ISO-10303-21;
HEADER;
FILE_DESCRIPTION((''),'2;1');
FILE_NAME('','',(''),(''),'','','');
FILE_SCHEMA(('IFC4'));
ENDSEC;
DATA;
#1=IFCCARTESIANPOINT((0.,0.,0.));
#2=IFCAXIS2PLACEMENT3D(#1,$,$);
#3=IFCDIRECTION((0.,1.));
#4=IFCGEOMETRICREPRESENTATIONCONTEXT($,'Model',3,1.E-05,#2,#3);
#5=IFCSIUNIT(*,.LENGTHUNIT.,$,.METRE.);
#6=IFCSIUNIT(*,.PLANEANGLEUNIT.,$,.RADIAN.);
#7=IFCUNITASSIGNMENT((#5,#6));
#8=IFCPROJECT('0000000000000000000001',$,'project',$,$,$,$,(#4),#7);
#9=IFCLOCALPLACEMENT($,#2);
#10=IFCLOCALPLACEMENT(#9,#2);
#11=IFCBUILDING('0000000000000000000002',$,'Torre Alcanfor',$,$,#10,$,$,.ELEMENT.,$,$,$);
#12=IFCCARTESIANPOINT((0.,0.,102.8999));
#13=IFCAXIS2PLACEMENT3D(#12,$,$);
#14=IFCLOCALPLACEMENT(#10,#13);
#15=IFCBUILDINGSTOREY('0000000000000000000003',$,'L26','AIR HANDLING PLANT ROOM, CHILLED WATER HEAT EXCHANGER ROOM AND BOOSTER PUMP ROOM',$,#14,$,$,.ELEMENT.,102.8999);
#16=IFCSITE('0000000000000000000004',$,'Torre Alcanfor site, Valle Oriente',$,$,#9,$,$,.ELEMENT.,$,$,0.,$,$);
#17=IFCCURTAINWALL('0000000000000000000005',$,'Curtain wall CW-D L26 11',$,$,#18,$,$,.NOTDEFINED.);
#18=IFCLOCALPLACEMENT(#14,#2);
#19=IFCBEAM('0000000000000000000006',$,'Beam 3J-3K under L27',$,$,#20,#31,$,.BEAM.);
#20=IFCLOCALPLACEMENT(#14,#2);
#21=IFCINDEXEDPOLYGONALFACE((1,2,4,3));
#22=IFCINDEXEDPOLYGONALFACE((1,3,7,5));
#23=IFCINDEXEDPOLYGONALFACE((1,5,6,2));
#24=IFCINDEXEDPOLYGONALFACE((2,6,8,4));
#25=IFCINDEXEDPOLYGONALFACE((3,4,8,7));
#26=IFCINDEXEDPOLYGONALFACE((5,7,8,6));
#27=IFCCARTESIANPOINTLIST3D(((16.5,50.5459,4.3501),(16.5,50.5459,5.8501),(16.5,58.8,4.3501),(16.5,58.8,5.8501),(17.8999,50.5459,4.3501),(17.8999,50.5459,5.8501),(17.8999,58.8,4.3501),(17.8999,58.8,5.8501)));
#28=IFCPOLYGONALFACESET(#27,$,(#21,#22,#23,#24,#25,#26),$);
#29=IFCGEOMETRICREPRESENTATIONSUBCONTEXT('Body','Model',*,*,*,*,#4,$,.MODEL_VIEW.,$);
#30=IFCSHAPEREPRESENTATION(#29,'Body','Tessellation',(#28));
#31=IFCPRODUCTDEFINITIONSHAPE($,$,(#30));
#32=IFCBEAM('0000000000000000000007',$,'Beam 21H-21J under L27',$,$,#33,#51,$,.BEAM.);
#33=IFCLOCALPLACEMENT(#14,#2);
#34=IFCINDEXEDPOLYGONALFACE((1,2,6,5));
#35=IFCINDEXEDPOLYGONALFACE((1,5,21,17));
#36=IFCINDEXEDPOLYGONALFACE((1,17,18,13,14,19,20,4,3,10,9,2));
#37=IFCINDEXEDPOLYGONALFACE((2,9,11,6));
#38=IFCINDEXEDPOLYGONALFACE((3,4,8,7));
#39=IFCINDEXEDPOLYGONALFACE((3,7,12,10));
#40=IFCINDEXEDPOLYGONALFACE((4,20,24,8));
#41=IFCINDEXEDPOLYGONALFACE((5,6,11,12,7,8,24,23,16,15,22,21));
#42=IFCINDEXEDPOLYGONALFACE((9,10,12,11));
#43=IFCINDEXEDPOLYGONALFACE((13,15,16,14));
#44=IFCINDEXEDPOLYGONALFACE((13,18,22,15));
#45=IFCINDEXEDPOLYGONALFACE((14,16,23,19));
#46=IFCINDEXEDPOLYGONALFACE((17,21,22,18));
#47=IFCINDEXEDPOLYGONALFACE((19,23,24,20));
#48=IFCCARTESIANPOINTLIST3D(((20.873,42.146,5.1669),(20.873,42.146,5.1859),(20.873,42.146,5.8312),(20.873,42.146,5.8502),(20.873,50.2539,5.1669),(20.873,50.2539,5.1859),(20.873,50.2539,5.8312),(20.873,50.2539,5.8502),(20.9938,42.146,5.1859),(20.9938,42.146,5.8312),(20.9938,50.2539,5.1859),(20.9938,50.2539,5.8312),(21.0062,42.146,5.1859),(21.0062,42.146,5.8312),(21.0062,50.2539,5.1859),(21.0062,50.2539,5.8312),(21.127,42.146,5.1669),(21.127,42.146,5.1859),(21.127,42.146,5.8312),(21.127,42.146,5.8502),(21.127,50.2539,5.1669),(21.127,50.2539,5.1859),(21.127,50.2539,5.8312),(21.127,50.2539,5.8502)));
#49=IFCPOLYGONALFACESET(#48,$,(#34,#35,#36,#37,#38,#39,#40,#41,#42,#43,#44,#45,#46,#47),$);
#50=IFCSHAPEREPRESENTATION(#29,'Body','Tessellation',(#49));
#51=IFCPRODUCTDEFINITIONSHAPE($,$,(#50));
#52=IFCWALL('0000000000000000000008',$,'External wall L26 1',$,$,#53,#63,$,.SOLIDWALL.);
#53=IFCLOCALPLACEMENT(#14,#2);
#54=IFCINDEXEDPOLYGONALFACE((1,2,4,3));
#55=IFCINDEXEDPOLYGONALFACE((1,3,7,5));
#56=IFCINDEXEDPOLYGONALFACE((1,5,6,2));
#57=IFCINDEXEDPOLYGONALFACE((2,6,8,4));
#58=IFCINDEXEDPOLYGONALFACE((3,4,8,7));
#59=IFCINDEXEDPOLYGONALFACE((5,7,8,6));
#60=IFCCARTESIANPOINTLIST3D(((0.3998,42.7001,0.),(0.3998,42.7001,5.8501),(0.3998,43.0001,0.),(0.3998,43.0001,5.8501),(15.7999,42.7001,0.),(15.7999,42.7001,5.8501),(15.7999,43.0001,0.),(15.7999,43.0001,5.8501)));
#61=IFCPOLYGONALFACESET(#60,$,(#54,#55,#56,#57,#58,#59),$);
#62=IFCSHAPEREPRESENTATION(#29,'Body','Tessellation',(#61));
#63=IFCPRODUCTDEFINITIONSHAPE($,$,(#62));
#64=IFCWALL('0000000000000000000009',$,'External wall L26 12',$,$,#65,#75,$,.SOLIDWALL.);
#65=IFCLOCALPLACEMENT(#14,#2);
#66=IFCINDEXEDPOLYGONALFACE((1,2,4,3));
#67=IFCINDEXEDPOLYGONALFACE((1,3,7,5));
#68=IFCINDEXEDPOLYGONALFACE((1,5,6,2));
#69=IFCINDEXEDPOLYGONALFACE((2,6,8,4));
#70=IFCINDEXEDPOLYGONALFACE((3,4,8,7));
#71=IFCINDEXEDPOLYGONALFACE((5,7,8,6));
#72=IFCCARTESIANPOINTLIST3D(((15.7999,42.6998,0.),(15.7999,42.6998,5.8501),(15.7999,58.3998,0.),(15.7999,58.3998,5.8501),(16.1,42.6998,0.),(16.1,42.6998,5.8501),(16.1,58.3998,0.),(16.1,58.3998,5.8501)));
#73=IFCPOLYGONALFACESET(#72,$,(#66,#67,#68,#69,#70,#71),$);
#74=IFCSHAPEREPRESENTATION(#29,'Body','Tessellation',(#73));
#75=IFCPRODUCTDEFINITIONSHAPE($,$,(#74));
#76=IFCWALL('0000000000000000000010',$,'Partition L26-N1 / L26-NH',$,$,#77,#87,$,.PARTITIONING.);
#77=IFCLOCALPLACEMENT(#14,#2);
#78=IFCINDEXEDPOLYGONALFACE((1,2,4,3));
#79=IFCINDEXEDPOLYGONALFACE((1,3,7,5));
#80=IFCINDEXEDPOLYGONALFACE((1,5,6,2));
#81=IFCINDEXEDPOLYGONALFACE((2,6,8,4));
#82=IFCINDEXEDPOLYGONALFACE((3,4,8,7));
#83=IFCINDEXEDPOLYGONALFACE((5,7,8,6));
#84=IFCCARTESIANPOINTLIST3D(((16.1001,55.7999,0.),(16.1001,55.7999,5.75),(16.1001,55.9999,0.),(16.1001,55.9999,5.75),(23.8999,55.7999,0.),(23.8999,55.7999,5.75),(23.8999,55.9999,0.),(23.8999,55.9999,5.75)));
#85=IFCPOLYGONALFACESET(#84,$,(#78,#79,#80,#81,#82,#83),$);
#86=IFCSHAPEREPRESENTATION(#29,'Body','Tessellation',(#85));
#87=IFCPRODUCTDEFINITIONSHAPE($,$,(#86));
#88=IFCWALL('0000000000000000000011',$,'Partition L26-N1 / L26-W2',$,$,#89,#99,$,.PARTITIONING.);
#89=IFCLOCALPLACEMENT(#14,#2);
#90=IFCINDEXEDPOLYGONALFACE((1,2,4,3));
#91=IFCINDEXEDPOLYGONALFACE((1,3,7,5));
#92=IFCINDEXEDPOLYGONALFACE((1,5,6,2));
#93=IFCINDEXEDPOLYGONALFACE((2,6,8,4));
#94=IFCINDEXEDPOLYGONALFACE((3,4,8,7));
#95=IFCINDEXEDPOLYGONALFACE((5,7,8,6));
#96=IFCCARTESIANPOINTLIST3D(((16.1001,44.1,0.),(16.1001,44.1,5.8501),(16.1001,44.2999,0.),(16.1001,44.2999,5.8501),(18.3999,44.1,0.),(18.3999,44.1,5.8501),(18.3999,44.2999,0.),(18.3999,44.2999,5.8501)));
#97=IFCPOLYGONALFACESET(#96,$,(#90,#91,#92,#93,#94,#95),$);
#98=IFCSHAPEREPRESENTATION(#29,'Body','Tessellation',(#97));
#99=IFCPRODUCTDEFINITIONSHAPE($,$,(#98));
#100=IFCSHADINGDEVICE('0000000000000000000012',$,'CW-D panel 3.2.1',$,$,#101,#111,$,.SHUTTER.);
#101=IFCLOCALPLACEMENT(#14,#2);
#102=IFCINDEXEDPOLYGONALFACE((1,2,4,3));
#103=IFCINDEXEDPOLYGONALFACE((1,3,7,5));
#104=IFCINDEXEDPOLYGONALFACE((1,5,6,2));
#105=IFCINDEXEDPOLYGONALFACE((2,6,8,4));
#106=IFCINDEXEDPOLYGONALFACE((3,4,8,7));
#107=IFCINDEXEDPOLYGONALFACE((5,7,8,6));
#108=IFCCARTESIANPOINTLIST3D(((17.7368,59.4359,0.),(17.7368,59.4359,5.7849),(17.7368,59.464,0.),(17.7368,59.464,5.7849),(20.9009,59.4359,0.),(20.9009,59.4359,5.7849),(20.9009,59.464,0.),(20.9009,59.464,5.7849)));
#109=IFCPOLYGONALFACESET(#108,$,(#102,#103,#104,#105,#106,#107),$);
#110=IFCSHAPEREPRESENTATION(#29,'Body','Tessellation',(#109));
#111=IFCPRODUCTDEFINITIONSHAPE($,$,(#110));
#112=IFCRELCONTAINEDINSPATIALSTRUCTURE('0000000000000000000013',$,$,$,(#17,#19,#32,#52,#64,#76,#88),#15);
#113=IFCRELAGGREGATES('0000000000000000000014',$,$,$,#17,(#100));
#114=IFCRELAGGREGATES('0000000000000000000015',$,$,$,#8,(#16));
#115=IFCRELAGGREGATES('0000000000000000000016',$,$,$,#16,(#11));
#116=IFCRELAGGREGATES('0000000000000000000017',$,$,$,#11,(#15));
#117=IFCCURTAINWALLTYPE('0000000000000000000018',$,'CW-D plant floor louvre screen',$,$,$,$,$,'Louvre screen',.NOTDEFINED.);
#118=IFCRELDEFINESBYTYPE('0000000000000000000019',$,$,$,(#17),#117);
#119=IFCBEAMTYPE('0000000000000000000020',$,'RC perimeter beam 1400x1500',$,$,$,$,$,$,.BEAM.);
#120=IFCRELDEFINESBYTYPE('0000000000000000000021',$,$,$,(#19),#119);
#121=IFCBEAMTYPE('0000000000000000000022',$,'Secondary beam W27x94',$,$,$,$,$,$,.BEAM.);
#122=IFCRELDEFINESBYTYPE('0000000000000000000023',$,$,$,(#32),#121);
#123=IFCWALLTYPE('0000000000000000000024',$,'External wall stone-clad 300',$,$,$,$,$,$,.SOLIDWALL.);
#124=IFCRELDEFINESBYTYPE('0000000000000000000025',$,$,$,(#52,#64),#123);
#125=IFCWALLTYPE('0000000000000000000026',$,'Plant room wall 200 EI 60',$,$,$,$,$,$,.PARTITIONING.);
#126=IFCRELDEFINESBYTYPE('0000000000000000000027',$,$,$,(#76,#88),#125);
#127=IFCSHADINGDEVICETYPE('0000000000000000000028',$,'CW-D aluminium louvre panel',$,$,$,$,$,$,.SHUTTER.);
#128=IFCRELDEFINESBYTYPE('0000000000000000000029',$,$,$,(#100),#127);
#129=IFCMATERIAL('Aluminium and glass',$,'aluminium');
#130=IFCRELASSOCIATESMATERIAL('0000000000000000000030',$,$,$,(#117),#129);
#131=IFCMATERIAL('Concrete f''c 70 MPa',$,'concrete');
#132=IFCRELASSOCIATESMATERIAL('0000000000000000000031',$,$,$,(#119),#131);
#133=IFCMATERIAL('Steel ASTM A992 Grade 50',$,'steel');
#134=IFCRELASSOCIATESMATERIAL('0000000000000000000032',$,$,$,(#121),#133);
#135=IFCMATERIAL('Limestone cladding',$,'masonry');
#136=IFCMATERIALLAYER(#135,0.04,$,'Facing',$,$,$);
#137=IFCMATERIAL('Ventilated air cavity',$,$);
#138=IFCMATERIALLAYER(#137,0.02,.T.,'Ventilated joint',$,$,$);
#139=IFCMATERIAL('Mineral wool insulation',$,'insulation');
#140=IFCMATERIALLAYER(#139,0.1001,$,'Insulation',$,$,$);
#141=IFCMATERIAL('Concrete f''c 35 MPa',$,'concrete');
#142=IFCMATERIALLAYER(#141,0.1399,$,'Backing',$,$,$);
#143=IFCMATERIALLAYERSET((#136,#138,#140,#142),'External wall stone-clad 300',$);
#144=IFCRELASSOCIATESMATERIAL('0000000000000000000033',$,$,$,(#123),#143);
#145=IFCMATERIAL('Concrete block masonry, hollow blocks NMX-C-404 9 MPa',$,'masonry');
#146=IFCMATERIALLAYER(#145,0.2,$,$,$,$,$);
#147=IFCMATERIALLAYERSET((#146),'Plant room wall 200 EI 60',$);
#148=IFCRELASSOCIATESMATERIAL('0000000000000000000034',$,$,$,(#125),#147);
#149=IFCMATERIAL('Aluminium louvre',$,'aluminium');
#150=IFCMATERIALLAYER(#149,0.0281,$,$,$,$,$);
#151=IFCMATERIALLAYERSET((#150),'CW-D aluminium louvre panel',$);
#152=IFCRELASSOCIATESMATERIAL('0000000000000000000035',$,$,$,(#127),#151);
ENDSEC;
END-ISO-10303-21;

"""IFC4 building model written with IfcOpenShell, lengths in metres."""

from ifc_helpers import new_model, si_unit, direction, frame, frame_2d, origin, origin_2d, place, context, subcontext, project, spatial, rectangle, i_section, extrude, material, layer, layer_set, material_profile, profile_set, type_object, element, aggregate, save


model = new_model("IFC4")

# Units and contexts
model_context = context("Model", 3, precision=1e-05, world=origin(), true_north=direction((0.0, 1.0)))
body_context = subcontext(model_context, "Body", "Model", "MODEL_VIEW")
ifc_project = project(units=[si_unit("LENGTHUNIT", "METRE"), si_unit("PLANEANGLEUNIT", "RADIAN")], contexts=[model_context])

# Site, building, storey
site_placement = place(None, origin())
site = spatial("IfcSite", under=ifc_project, at=site_placement, Name="Torre Alcanfor site, Valle Oriente", CompositionType="ELEMENT", RefElevation=0.0)
building_placement = place(site_placement, origin())
building = spatial("IfcBuilding", under=site, at=building_placement, Name="Torre Alcanfor", CompositionType="ELEMENT")
storey_placement = place(building_placement, frame((0.0, 0.0, 102.8999)))
storey = spatial("IfcBuildingStorey", under=building, at=storey_placement, Name="L26", Description="AIR HANDLING PLANT ROOM, CHILLED WATER HEAT EXCHANGER ROOM AND BOOSTER PUMP ROOM", CompositionType="ELEMENT", Elevation=102.8999)

# Shared definitions
ifc_material_1 = material(Name="Aluminium and glass", Category="aluminium")
curtain_wall_type = type_object("IfcCurtainWallType", Name="CW-D plant floor louvre screen", ElementType="Louvre screen", PredefinedType="NOTDEFINED", material=ifc_material_1)

# Curtain wall
curtain_wall_1_placement = place(storey_placement, origin())
curtain_wall_1 = element("IfcCurtainWall", 1, at=curtain_wall_1_placement, inside=storey, type_object=curtain_wall_type, Name="Curtain wall CW-D L26 11", PredefinedType="NOTDEFINED")

# Beams
ifc_material_2 = material(Name="Concrete f'c 70 MPa", Category="concrete")
ifc_material_profile_1 = material_profile(ifc_material_2, rectangle(XDim=1.3999, YDim=1.5, at=origin_2d()), Name="1400x1500")
ifc_profile_set_1 = profile_set([ifc_material_profile_1], Name="Concrete f'c 70 MPa")
beam_type_1 = type_object("IfcBeamType", Name="RC perimeter beam 1400x1500", PredefinedType="BEAM", material=ifc_profile_set_1)
beam_1_placement = place(storey_placement, frame((17.2, 50.5459, 5.1001), z_axis=(0.0, 1.0, 0.0), x_axis=(-1.0, 0.0, 0.0)))
element("IfcBeam", 2, at=beam_1_placement, inside=storey, type_object=beam_type_1, Name="Beam 3J-3K under L27", PredefinedType="BEAM", context=body_context, shape_type="SweptSolid", body=[
    extrude(rectangle(XDim=1.3999, YDim=1.5, at=origin_2d()), origin(), (0.0, 0.0, 1.0), 8.2542),
])
ifc_material_3 = material(Name="Steel ASTM A992 Grade 50", Category="steel")
ifc_material_profile_2 = material_profile(ifc_material_3, i_section(OverallWidth=0.2539, OverallDepth=0.6833, WebThickness=0.0125, FlangeThickness=0.019, at=origin_2d()), Name="W27x94")
ifc_profile_set_2 = profile_set([ifc_material_profile_2], Name="Steel ASTM A992 Grade 50")
beam_type_2 = type_object("IfcBeamType", Name="Secondary beam W27x94", PredefinedType="BEAM", material=ifc_profile_set_2)
beam_2_placement = place(storey_placement, frame((21.0, 42.146, 5.5085), z_axis=(0.0, 1.0, 0.0), x_axis=(-1.0, 0.0, 0.0)))
element("IfcBeam", 3, at=beam_2_placement, inside=storey, type_object=beam_type_2, Name="Beam 21H-21J under L27", PredefinedType="BEAM", context=body_context, shape_type="SweptSolid", body=[
    extrude(i_section(OverallWidth=0.2539, OverallDepth=0.6833, WebThickness=0.0125, FlangeThickness=0.019, at=origin_2d()), origin(), (0.0, 0.0, 1.0), 8.1079),
])

# Walls
ifc_material_4 = material(Name="Limestone cladding", Category="masonry")
ifc_layer_1 = layer(ifc_material_4, 0.04, Name="Facing")
ifc_material_5 = material(Name="Ventilated air cavity")
ifc_layer_2 = layer(ifc_material_5, 0.02, ventilated=True, Name="Ventilated joint")
ifc_material_6 = material(Name="Mineral wool insulation", Category="insulation")
ifc_layer_3 = layer(ifc_material_6, 0.1001, Name="Insulation")
ifc_material_7 = material(Name="Concrete f'c 35 MPa", Category="concrete")
ifc_layer_4 = layer(ifc_material_7, 0.1399, Name="Backing")
ifc_layer_set_1 = layer_set([ifc_layer_1, ifc_layer_2, ifc_layer_3, ifc_layer_4], Name="External wall stone-clad 300")
wall_type_1 = type_object("IfcWallType", Name="External wall stone-clad 300", PredefinedType="SOLIDWALL", material=ifc_layer_set_1)
wall_1_placement = place(storey_placement, frame((15.8, 42.8501, 0.0), z_axis=(0.0, 0.0, 1.0), x_axis=(-1.0, 0.0, 0.0)))
element("IfcWall", 4, at=wall_1_placement, inside=storey, type_object=wall_type_1, Name="External wall L26 1", PredefinedType="SOLIDWALL", context=body_context, shape_type="SweptSolid", body=[
    extrude(rectangle(XDim=15.4001, YDim=0.3, at=frame_2d((7.7002, 0.0))), origin(), (0.0, 0.0, 1.0), 5.8501),
])
wall_2_placement = place(storey_placement, frame((15.95, 58.3999, 0.0), z_axis=(0.0, 0.0, 1.0), x_axis=(0.0, -1.0, 0.0)))
element("IfcWall", 5, at=wall_2_placement, inside=storey, type_object=wall_type_1, Name="External wall L26 12", PredefinedType="SOLIDWALL", context=body_context, shape_type="SweptSolid", body=[
    extrude(rectangle(XDim=15.7, YDim=0.3, at=frame_2d((7.8501, 0.0))), origin(), (0.0, 0.0, 1.0), 5.8501),
])
ifc_material_8 = material(Name="Concrete block masonry, hollow blocks NMX-C-404 9 MPa", Category="masonry")
ifc_layer_5 = layer(ifc_material_8, 0.2)
ifc_layer_set_2 = layer_set([ifc_layer_5], Name="Plant room wall 200 EI 60")
wall_type_2 = type_object("IfcWallType", Name="Plant room wall 200 EI 60", PredefinedType="PARTITIONING", material=ifc_layer_set_2)
wall_3_placement = place(storey_placement, frame((16.1001, 55.8999, 0.0), z_axis=(0.0, 0.0, 1.0), x_axis=(1.0, 0.0, 0.0)))
element("IfcWall", 6, at=wall_3_placement, inside=storey, type_object=wall_type_2, Name="Partition L26-N1 / L26-NH", PredefinedType="PARTITIONING", context=body_context, shape_type="SweptSolid", body=[
    extrude(rectangle(XDim=7.7998, YDim=0.2, at=frame_2d((3.8999, 0.0))), origin(), (0.0, 0.0, 1.0), 5.75),
])
wall_4_placement = place(storey_placement, frame((18.3999, 44.2, 0.0), z_axis=(0.0, 0.0, 1.0), x_axis=(-1.0, 0.0, 0.0)))
element("IfcWall", 7, at=wall_4_placement, inside=storey, type_object=wall_type_2, Name="Partition L26-N1 / L26-W2", PredefinedType="PARTITIONING", context=body_context, shape_type="SweptSolid", body=[
    extrude(rectangle(XDim=2.2998, YDim=0.2, at=frame_2d((1.1499, 0.0))), origin(), (0.0, 0.0, 1.0), 5.8501),
])

# Shading device
ifc_material_9 = material(Name="Aluminium louvre", Category="aluminium")
ifc_layer_6 = layer(ifc_material_9, 0.0281)
ifc_layer_set_3 = layer_set([ifc_layer_6], Name="CW-D aluminium louvre panel")
shading_device_type = type_object("IfcShadingDeviceType", Name="CW-D aluminium louvre panel", PredefinedType="SHUTTER", material=ifc_layer_set_3)
shading_device_placement = place(storey_placement, frame((19.3188, 59.45, 0.0), z_axis=(0.0, 0.0, 1.0), x_axis=(-1.0, 0.0, 0.0)))
shading_device = element("IfcShadingDevice", 8, at=shading_device_placement, type_object=shading_device_type, Name="CW-D panel 3.2.1", PredefinedType="SHUTTER", context=body_context, shape_type="SweptSolid", body=[
    extrude(rectangle(XDim=3.1641, YDim=0.0281, at=origin_2d()), origin(), (0.0, 0.0, 1.0), 5.7849),
])
aggregate(curtain_wall_1, [shading_device])

save(model, "model.ifc")
